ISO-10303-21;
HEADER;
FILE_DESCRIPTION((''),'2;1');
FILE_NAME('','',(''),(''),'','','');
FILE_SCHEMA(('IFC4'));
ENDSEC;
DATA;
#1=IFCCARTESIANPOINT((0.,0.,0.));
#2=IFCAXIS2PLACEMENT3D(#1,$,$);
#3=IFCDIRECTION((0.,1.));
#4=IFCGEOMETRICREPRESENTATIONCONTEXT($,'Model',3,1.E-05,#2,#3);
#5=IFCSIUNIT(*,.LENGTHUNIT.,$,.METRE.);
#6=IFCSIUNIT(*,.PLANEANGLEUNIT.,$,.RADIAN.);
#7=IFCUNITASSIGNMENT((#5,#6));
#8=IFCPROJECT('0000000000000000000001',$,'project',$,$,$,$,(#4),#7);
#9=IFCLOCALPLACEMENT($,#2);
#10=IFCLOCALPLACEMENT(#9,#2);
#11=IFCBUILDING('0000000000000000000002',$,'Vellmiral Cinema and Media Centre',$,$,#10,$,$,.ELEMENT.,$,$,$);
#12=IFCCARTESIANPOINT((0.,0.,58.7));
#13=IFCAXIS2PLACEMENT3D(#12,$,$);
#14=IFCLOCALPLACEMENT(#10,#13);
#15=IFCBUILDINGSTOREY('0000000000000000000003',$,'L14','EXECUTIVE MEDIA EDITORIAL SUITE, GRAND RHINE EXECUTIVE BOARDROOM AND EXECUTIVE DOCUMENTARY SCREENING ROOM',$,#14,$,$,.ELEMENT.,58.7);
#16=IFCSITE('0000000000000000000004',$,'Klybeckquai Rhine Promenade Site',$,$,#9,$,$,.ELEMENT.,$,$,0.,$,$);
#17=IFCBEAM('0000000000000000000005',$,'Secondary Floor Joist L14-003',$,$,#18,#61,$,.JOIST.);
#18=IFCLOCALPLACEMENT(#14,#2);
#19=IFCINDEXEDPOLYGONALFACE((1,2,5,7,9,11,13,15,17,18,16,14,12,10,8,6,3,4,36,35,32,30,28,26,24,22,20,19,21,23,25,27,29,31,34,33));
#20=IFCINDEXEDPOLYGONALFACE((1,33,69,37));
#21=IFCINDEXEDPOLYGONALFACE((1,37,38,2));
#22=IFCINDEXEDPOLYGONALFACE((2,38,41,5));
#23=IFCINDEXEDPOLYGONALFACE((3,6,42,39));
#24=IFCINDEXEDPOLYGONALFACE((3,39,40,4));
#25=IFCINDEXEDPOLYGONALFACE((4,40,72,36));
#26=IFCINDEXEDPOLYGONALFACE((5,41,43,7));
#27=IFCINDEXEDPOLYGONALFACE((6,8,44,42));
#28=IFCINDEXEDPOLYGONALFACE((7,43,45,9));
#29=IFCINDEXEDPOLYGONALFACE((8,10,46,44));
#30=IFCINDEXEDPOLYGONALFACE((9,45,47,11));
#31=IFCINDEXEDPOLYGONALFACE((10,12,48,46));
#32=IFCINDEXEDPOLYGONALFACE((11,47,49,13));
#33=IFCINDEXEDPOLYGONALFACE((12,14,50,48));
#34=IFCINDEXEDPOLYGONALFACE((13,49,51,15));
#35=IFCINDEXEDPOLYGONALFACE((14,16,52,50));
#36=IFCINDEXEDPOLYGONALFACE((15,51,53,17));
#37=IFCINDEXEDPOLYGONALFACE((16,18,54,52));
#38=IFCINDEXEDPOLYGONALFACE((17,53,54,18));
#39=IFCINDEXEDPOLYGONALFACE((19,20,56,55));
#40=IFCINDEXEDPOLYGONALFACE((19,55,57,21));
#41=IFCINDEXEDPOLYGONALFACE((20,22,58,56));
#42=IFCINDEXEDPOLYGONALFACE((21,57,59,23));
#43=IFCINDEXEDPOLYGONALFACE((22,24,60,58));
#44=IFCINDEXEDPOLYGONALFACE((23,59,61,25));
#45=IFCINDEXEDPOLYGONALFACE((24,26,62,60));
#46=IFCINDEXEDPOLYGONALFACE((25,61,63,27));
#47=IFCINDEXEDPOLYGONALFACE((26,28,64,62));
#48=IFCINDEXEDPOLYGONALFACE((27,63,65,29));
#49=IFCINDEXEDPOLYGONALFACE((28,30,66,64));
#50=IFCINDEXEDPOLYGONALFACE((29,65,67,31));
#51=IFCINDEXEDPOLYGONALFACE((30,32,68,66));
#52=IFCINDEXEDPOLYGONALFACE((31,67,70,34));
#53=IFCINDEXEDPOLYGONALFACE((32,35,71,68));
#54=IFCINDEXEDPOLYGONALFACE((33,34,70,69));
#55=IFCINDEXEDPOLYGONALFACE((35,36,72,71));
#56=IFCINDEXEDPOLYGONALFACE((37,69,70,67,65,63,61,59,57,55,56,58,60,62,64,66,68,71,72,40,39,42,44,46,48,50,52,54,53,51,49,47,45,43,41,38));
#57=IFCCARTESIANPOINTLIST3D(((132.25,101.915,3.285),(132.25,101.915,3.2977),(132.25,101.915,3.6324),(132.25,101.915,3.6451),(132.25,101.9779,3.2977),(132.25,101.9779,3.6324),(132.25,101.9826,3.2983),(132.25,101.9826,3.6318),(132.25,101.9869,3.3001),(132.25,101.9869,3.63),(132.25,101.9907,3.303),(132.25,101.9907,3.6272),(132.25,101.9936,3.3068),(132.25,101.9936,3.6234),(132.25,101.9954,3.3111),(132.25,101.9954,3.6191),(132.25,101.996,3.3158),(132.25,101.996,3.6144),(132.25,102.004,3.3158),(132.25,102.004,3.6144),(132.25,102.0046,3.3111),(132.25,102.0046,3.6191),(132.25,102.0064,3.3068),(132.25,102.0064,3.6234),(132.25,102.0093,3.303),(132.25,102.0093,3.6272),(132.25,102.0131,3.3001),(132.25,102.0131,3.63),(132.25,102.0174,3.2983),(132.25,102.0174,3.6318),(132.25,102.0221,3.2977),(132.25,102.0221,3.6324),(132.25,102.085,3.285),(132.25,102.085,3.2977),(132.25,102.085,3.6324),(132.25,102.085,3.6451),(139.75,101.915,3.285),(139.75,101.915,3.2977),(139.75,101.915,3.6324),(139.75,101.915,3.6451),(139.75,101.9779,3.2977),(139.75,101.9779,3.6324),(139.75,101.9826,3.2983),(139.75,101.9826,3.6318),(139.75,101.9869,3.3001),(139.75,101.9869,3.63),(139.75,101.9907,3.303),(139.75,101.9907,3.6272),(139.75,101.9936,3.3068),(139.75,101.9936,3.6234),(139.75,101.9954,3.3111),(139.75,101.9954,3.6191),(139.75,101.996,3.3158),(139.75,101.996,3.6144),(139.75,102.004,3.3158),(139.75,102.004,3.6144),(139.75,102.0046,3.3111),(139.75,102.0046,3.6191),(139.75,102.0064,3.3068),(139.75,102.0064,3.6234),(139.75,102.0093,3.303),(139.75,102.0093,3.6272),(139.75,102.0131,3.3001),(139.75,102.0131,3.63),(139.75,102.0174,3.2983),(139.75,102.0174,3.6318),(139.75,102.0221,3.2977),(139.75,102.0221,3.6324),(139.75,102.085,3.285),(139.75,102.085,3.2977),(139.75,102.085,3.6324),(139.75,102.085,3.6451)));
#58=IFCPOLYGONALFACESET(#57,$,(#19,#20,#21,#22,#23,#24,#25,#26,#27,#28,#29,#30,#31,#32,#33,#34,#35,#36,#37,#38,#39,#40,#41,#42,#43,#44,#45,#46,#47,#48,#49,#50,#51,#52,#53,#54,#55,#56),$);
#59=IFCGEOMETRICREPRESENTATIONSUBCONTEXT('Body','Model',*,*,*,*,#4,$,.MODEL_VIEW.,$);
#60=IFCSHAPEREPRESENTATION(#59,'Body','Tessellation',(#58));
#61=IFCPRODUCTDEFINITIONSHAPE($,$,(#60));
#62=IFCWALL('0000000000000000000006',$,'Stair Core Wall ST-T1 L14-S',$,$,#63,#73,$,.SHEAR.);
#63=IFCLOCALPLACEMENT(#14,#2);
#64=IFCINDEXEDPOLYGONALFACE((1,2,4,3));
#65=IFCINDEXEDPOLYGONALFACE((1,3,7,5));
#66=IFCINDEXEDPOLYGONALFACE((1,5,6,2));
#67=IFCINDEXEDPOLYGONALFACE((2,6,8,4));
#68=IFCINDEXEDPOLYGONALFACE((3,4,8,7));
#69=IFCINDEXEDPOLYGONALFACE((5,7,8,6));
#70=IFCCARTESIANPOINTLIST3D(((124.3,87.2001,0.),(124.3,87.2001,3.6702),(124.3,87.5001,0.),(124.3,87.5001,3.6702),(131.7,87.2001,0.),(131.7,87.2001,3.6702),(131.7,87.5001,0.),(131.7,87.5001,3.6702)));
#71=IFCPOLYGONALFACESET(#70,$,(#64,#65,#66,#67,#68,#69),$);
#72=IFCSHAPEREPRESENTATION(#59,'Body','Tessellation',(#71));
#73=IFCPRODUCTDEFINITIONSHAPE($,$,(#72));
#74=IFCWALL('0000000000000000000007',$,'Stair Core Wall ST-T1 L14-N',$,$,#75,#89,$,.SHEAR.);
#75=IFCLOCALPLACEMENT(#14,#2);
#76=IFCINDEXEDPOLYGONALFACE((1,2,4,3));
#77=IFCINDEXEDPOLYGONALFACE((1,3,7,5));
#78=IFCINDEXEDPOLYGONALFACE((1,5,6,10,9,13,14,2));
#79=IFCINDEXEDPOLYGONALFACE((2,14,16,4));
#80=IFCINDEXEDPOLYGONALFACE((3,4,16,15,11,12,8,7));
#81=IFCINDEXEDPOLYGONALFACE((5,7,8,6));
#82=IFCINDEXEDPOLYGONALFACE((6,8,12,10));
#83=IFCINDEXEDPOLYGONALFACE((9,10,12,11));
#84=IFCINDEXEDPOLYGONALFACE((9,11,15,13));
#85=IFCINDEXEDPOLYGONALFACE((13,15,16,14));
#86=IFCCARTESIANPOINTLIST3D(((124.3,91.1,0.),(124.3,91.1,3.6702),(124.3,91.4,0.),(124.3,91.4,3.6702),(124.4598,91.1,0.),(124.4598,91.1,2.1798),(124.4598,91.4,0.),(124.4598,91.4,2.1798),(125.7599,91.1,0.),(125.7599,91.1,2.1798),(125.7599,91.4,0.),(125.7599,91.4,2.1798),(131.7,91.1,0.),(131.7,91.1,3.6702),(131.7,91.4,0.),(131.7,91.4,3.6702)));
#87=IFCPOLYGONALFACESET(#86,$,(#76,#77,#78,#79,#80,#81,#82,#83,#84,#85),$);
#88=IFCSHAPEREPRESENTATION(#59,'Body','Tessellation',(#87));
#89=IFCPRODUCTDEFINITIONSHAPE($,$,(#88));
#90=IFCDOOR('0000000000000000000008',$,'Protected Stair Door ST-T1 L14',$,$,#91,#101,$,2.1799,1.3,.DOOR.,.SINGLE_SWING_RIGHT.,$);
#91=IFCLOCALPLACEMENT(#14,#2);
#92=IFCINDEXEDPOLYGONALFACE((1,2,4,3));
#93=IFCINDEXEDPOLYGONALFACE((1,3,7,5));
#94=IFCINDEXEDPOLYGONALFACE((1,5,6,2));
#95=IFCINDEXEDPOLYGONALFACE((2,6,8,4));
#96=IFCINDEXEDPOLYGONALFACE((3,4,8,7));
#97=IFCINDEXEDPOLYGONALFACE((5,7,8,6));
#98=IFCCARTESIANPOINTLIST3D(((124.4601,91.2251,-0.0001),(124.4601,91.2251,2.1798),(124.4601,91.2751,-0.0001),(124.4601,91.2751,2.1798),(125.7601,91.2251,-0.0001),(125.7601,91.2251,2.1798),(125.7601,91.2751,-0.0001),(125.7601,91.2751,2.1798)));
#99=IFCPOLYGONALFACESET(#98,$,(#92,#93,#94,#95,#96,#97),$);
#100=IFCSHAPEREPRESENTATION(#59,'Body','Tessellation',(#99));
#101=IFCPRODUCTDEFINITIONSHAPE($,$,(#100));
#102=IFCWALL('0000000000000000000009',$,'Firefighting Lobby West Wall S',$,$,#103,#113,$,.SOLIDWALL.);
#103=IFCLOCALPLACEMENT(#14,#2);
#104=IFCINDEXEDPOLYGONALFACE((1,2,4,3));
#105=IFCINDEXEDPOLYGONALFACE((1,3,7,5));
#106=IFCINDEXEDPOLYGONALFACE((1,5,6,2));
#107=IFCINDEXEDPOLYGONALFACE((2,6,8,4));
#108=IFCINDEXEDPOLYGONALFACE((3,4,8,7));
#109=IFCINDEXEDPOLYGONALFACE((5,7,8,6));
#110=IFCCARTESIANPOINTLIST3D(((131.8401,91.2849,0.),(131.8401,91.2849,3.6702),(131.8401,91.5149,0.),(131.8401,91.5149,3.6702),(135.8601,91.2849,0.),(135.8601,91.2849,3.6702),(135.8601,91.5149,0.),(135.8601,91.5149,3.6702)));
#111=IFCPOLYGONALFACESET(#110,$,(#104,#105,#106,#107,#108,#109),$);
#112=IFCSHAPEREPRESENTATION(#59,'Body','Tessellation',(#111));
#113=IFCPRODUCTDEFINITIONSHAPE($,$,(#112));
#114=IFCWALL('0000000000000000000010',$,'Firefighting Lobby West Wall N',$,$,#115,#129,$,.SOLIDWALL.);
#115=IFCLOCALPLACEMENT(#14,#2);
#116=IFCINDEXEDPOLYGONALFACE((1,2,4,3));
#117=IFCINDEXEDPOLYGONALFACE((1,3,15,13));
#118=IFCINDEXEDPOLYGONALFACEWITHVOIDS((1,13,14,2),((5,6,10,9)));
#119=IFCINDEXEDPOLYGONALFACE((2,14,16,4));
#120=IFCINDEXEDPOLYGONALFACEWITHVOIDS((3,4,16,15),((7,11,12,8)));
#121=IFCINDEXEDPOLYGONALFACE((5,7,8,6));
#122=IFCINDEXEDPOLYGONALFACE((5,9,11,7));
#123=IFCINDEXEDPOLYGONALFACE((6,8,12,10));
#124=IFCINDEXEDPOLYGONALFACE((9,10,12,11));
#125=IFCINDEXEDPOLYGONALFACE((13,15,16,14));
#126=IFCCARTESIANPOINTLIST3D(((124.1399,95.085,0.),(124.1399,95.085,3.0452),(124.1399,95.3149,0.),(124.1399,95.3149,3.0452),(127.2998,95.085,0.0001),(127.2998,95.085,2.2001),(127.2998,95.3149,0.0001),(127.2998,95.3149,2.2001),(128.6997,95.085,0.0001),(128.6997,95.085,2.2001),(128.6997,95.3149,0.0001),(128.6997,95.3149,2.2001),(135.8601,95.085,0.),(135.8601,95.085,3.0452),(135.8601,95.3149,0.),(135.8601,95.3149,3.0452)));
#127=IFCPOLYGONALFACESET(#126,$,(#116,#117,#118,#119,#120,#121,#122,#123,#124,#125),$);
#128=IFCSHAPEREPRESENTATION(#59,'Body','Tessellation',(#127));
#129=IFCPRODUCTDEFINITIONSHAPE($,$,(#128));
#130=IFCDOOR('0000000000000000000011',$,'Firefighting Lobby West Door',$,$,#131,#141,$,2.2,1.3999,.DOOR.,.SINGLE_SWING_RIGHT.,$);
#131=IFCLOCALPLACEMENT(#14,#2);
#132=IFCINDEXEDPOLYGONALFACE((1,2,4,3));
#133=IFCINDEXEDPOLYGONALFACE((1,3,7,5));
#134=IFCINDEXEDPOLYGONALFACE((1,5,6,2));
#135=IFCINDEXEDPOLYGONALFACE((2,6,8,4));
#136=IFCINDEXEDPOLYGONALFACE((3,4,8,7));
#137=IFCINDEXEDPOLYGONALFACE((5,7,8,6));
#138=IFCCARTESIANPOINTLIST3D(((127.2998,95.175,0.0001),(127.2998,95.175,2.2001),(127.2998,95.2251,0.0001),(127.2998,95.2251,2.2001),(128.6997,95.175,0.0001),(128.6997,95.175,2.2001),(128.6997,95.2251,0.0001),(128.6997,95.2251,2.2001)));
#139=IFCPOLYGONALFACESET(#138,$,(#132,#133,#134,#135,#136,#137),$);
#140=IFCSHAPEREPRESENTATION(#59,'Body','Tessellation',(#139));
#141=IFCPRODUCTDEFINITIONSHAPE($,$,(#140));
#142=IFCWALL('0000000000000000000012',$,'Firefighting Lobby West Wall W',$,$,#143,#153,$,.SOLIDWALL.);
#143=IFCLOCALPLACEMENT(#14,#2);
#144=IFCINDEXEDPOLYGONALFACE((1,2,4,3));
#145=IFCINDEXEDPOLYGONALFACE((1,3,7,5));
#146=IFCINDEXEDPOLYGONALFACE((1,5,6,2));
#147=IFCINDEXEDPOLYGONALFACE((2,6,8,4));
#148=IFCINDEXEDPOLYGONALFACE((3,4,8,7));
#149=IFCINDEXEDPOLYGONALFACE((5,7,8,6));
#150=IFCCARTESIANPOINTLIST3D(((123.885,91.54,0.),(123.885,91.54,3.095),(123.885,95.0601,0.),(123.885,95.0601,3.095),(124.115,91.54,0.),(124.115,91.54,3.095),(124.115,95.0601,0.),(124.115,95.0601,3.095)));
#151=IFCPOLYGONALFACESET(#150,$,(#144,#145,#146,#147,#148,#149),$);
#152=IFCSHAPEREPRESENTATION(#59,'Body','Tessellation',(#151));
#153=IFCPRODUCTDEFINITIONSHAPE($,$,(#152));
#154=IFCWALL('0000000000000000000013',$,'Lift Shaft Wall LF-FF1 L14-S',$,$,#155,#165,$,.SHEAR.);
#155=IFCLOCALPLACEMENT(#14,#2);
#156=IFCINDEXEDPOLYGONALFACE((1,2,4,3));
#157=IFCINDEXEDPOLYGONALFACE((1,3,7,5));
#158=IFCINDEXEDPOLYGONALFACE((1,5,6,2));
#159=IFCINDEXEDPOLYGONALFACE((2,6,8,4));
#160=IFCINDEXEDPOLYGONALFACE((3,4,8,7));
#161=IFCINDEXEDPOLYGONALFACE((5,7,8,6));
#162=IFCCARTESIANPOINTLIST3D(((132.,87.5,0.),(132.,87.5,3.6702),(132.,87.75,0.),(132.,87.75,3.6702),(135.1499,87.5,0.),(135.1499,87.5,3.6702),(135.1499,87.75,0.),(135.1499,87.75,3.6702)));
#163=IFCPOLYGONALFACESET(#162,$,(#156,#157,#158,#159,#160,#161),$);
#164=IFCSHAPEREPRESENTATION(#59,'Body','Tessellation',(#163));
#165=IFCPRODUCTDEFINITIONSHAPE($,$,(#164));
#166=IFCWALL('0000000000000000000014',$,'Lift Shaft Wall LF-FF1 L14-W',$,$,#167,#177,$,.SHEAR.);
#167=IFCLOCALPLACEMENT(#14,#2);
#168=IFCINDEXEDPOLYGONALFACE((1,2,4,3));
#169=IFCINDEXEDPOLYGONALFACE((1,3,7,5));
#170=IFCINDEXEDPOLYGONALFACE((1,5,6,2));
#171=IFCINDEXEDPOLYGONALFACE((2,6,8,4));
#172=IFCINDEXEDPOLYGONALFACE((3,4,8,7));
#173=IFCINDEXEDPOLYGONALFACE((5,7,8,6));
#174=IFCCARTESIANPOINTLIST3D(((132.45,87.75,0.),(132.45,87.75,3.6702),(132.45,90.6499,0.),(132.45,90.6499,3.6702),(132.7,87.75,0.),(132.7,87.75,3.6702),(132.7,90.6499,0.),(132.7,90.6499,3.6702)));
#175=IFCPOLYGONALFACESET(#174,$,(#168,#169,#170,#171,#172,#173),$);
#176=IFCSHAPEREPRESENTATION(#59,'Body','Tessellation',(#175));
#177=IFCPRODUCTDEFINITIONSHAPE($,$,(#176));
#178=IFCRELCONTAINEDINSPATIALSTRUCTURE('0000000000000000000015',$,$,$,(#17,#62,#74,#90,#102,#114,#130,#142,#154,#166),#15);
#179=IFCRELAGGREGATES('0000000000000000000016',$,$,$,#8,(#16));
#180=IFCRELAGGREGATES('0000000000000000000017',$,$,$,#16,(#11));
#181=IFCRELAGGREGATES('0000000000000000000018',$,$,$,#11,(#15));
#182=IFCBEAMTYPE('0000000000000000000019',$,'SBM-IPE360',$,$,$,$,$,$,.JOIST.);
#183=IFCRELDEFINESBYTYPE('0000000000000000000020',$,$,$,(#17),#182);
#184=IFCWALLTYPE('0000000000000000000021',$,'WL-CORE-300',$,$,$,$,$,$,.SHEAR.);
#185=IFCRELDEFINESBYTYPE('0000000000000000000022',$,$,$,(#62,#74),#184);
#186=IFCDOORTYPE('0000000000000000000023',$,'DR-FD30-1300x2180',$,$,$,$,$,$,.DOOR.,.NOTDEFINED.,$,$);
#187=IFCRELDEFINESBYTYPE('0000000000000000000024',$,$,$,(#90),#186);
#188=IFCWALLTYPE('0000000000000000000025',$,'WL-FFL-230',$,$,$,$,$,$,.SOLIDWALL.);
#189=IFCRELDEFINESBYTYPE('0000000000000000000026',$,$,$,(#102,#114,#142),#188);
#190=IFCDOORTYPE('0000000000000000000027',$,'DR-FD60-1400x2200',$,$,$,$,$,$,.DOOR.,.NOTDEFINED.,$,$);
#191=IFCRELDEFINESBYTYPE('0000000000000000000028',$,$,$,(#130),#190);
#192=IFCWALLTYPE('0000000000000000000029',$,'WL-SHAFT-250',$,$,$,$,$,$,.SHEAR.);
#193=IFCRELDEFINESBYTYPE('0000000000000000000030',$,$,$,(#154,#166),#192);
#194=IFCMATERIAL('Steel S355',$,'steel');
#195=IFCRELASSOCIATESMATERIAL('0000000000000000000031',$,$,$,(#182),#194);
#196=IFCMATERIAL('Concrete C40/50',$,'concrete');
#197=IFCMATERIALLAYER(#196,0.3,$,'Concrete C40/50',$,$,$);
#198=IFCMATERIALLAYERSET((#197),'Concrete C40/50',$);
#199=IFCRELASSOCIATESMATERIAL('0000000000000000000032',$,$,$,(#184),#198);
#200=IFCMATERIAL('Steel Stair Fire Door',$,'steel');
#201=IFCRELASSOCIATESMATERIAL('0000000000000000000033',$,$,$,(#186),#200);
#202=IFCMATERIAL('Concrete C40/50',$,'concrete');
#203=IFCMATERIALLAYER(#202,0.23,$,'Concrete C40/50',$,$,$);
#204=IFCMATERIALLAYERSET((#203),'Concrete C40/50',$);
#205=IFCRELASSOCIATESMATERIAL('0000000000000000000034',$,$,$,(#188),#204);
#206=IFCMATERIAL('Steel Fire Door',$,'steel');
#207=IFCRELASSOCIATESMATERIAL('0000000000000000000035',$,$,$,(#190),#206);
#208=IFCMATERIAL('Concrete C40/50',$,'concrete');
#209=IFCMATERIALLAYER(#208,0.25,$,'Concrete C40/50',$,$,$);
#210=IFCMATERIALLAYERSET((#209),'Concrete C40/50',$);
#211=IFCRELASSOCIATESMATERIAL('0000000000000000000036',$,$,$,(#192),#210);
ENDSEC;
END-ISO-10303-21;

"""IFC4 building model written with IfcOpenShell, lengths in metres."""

from ifc_helpers import new_model, si_unit, direction, frame, frame_2d, origin, origin_2d, place, context, subcontext, project, spatial, rectangle, i_section, extrude, material, layer, layer_set, material_profile, profile_set, type_object, element, fill, save


model = new_model("IFC4")

# Units and contexts
model_context = context("Model", 3, precision=1e-05, world=origin(), true_north=direction((0.0, 1.0)))
body_context = subcontext(model_context, "Body", "Model", "MODEL_VIEW")
ifc_project = project(units=[si_unit("LENGTHUNIT", "METRE"), si_unit("PLANEANGLEUNIT", "RADIAN")], contexts=[model_context])

# Site, building, storey
site_placement = place(None, origin())
site = spatial("IfcSite", under=ifc_project, at=site_placement, Name="Klybeckquai Rhine Promenade Site", CompositionType="ELEMENT", RefElevation=0.0)
building_placement = place(site_placement, origin())
building = spatial("IfcBuilding", under=site, at=building_placement, Name="Vellmiral Cinema and Media Centre", CompositionType="ELEMENT")
storey_placement = place(building_placement, frame((0.0, 0.0, 58.7)))
storey = spatial("IfcBuildingStorey", under=building, at=storey_placement, Name="L14", Description="EXECUTIVE MEDIA EDITORIAL SUITE, GRAND RHINE EXECUTIVE BOARDROOM AND EXECUTIVE DOCUMENTARY SCREENING ROOM", CompositionType="ELEMENT", Elevation=58.7)

# Beam
ifc_material_1 = material(Name="Steel S355", Category="steel")
ifc_material_profile_1 = material_profile(ifc_material_1, i_section(OverallWidth=0.1699, OverallDepth=0.3601, WebThickness=0.0081, FlangeThickness=0.0127, FilletRadius=0.0181, at=origin_2d()), Name="IPE 360")
ifc_profile_set_1 = profile_set([ifc_material_profile_1], Name="Steel S355")
beam_type_1 = type_object("IfcBeamType", Name="SBM-IPE360", PredefinedType="JOIST", material=ifc_profile_set_1)
beam_1_placement = place(storey_placement, frame((132.25, 102.0, 3.4651), z_axis=(1.0, 0.0, 0.0), x_axis=(0.0, 1.0, 0.0)))
element("IfcBeam", 1, at=beam_1_placement, inside=storey, type_object=beam_type_1, Name="Secondary Floor Joist L14-003", PredefinedType="JOIST", context=body_context, shape_type="SweptSolid", body=[
    extrude(i_section(OverallWidth=0.1699, OverallDepth=0.3601, WebThickness=0.0081, FlangeThickness=0.0127, FilletRadius=0.0181, at=origin_2d()), origin(), (0.0, 0.0, 1.0), 7.5),
])

# Wall
ifc_material_2 = material(Name="Concrete C40/50", Category="concrete")
ifc_layer_1 = layer(ifc_material_2, 0.3, Name="Concrete C40/50")
ifc_layer_set_1 = layer_set([ifc_layer_1], Name="Concrete C40/50")
wall_type_1 = type_object("IfcWallType", Name="WL-CORE-300", PredefinedType="SHEAR", material=ifc_layer_set_1)
wall_1_placement = place(storey_placement, frame((124.3, 87.3501, 0.0), z_axis=(0.0, 0.0, 1.0), x_axis=(1.0, 0.0, 0.0)))
element("IfcWall", 2, at=wall_1_placement, inside=storey, type_object=wall_type_1, Name="Stair Core Wall ST-T1 L14-S", PredefinedType="SHEAR", context=body_context, shape_type="SweptSolid", body=[
    extrude(rectangle(XDim=7.3999, YDim=0.3, at=frame_2d((3.7, 0.0))), origin(), (0.0, 0.0, 1.0), 3.6702),
])

# Wall, opening, door
wall_2_placement = place(storey_placement, frame((124.3, 91.25, 0.0), z_axis=(0.0, 0.0, 1.0), x_axis=(1.0, 0.0, 0.0)))
wall_2 = element("IfcWall", 3, at=wall_2_placement, inside=storey, type_object=wall_type_1, Name="Stair Core Wall ST-T1 L14-N", PredefinedType="SHEAR", context=body_context, shape_type="SweptSolid", body=[
    extrude(rectangle(XDim=7.3999, YDim=0.3, at=frame_2d((3.7, 0.0))), origin(), (0.0, 0.0, 1.0), 3.6702),
])
opening_1_placement = place(wall_2_placement, frame((0.1599, 0.0, 0.0)))
opening_1 = element("IfcOpeningElement", 4, at=opening_1_placement, cuts=wall_2, PredefinedType="OPENING", context=body_context, shape_type="SweptSolid", body=[
    extrude(rectangle(XDim=1.3, YDim=2.1799, at=frame_2d((0.6499, 1.0898))), frame((0.0, 0.1621, 0.0), z_axis=(0.0, -1.0, 0.0), x_axis=(1.0, 0.0, 0.0)), (0.0, 0.0, 1.0), 0.324),
])
ifc_material_3 = material(Name="Steel Stair Fire Door", Category="steel")
door_type_1 = type_object("IfcDoorType", Name="DR-FD30-1300x2180", OperationType="NOTDEFINED", PredefinedType="DOOR", material=ifc_material_3)
door_1_placement = place(opening_1_placement, frame((1.3, 0.0, 0.0), z_axis=(0.0, 0.0, 1.0), x_axis=(-1.0, 0.0, 0.0)))
door_1 = element("IfcDoor", 5, at=door_1_placement, inside=storey, type_object=door_type_1, Name="Protected Stair Door ST-T1 L14", OperationType="SINGLE_SWING_RIGHT", OverallHeight=2.1799, OverallWidth=1.3, PredefinedType="DOOR", context=body_context, shape_type="SweptSolid", body=[
    extrude(rectangle(XDim=1.3, YDim=2.1799, at=frame_2d((0.6499, 1.0898))), frame((0.0, 0.0249, 0.0), z_axis=(0.0, -1.0, 0.0), x_axis=(1.0, 0.0, 0.0)), (0.0, 0.0, 1.0), 0.05),
])
fill(opening_1, door_1)

# Wall
ifc_material_4 = material(Name="Concrete C40/50", Category="concrete")
ifc_layer_2 = layer(ifc_material_4, 0.23, Name="Concrete C40/50")
ifc_layer_set_2 = layer_set([ifc_layer_2], Name="Concrete C40/50")
wall_type_2 = type_object("IfcWallType", Name="WL-FFL-230", PredefinedType="SOLIDWALL", material=ifc_layer_set_2)
wall_3_placement = place(storey_placement, frame((131.8401, 91.3999, 0.0), z_axis=(0.0, 0.0, 1.0), x_axis=(1.0, 0.0, 0.0)))
element("IfcWall", 6, at=wall_3_placement, inside=storey, type_object=wall_type_2, Name="Firefighting Lobby West Wall S", PredefinedType="SOLIDWALL", context=body_context, shape_type="SweptSolid", body=[
    extrude(rectangle(XDim=4.02, YDim=0.23, at=frame_2d((2.01, 0.0))), origin(), (0.0, 0.0, 1.0), 3.6702),
])

# Wall, opening, door
wall_4_placement = place(storey_placement, frame((124.1399, 95.2, 0.0), z_axis=(0.0, 0.0, 1.0), x_axis=(1.0, 0.0, 0.0)))
wall_4 = element("IfcWall", 7, at=wall_4_placement, inside=storey, type_object=wall_type_2, Name="Firefighting Lobby West Wall N", PredefinedType="SOLIDWALL", context=body_context, shape_type="SweptSolid", body=[
    extrude(rectangle(XDim=11.7202, YDim=0.23, at=frame_2d((5.8601, 0.0))), origin(), (0.0, 0.0, 1.0), 3.0452),
])
opening_2_placement = place(wall_4_placement, frame((3.1599, 0.0, 0.0)))
opening_2 = element("IfcOpeningElement", 8, at=opening_2_placement, cuts=wall_4, PredefinedType="OPENING", context=body_context, shape_type="SweptSolid", body=[
    extrude(rectangle(XDim=1.3999, YDim=2.2, at=frame_2d((0.7, 1.1001))), frame((0.0, 0.127, 0.0), z_axis=(0.0, -1.0, 0.0), x_axis=(1.0, 0.0, 0.0)), (0.0, 0.0, 1.0), 0.2539),
])
ifc_material_5 = material(Name="Steel Fire Door", Category="steel")
door_type_2 = type_object("IfcDoorType", Name="DR-FD60-1400x2200", OperationType="NOTDEFINED", PredefinedType="DOOR", material=ifc_material_5)
door_2_placement = place(opening_2_placement, frame((1.3999, 0.0, 0.0), z_axis=(0.0, 0.0, 1.0), x_axis=(-1.0, 0.0, 0.0)))
door_2 = element("IfcDoor", 9, at=door_2_placement, inside=storey, type_object=door_type_2, Name="Firefighting Lobby West Door", OperationType="SINGLE_SWING_RIGHT", OverallHeight=2.2, OverallWidth=1.3999, PredefinedType="DOOR", context=body_context, shape_type="SweptSolid", body=[
    extrude(rectangle(XDim=1.3999, YDim=2.2, at=frame_2d((0.7, 1.1001))), frame((0.0, 0.0249, 0.0), z_axis=(0.0, -1.0, 0.0), x_axis=(1.0, 0.0, 0.0)), (0.0, 0.0, 1.0), 0.05),
])
fill(opening_2, door_2)

# Walls
wall_5_placement = place(storey_placement, frame((124.0, 91.54, 0.0), z_axis=(0.0, 0.0, 1.0), x_axis=(0.0, 1.0, 0.0)))
element("IfcWall", 10, at=wall_5_placement, inside=storey, type_object=wall_type_2, Name="Firefighting Lobby West Wall W", PredefinedType="SOLIDWALL", context=body_context, shape_type="SweptSolid", body=[
    extrude(rectangle(XDim=3.52, YDim=0.23, at=frame_2d((1.76, 0.0))), origin(), (0.0, 0.0, 1.0), 3.095),
])
ifc_material_6 = material(Name="Concrete C40/50", Category="concrete")
ifc_layer_3 = layer(ifc_material_6, 0.25, Name="Concrete C40/50")
ifc_layer_set_3 = layer_set([ifc_layer_3], Name="Concrete C40/50")
wall_type_3 = type_object("IfcWallType", Name="WL-SHAFT-250", PredefinedType="SHEAR", material=ifc_layer_set_3)
wall_6_placement = place(storey_placement, frame((132.0, 87.625, 0.0), z_axis=(0.0, 0.0, 1.0), x_axis=(1.0, 0.0, 0.0)))
element("IfcWall", 11, at=wall_6_placement, inside=storey, type_object=wall_type_3, Name="Lift Shaft Wall LF-FF1 L14-S", PredefinedType="SHEAR", context=body_context, shape_type="SweptSolid", body=[
    extrude(rectangle(XDim=3.1499, YDim=0.25, at=frame_2d((1.575, 0.0))), origin(), (0.0, 0.0, 1.0), 3.6702),
])

# Wall
wall_7_placement = place(storey_placement, frame((132.575, 87.75, 0.0), z_axis=(0.0, 0.0, 1.0), x_axis=(0.0, 1.0, 0.0)))
element("IfcWall", 12, at=wall_7_placement, inside=storey, type_object=wall_type_3, Name="Lift Shaft Wall LF-FF1 L14-W", PredefinedType="SHEAR", context=body_context, shape_type="SweptSolid", body=[
    extrude(rectangle(XDim=2.8999, YDim=0.25, at=frame_2d((1.45, 0.0))), origin(), (0.0, 0.0, 1.0), 3.6702),
])

save(model, "model.ifc")
